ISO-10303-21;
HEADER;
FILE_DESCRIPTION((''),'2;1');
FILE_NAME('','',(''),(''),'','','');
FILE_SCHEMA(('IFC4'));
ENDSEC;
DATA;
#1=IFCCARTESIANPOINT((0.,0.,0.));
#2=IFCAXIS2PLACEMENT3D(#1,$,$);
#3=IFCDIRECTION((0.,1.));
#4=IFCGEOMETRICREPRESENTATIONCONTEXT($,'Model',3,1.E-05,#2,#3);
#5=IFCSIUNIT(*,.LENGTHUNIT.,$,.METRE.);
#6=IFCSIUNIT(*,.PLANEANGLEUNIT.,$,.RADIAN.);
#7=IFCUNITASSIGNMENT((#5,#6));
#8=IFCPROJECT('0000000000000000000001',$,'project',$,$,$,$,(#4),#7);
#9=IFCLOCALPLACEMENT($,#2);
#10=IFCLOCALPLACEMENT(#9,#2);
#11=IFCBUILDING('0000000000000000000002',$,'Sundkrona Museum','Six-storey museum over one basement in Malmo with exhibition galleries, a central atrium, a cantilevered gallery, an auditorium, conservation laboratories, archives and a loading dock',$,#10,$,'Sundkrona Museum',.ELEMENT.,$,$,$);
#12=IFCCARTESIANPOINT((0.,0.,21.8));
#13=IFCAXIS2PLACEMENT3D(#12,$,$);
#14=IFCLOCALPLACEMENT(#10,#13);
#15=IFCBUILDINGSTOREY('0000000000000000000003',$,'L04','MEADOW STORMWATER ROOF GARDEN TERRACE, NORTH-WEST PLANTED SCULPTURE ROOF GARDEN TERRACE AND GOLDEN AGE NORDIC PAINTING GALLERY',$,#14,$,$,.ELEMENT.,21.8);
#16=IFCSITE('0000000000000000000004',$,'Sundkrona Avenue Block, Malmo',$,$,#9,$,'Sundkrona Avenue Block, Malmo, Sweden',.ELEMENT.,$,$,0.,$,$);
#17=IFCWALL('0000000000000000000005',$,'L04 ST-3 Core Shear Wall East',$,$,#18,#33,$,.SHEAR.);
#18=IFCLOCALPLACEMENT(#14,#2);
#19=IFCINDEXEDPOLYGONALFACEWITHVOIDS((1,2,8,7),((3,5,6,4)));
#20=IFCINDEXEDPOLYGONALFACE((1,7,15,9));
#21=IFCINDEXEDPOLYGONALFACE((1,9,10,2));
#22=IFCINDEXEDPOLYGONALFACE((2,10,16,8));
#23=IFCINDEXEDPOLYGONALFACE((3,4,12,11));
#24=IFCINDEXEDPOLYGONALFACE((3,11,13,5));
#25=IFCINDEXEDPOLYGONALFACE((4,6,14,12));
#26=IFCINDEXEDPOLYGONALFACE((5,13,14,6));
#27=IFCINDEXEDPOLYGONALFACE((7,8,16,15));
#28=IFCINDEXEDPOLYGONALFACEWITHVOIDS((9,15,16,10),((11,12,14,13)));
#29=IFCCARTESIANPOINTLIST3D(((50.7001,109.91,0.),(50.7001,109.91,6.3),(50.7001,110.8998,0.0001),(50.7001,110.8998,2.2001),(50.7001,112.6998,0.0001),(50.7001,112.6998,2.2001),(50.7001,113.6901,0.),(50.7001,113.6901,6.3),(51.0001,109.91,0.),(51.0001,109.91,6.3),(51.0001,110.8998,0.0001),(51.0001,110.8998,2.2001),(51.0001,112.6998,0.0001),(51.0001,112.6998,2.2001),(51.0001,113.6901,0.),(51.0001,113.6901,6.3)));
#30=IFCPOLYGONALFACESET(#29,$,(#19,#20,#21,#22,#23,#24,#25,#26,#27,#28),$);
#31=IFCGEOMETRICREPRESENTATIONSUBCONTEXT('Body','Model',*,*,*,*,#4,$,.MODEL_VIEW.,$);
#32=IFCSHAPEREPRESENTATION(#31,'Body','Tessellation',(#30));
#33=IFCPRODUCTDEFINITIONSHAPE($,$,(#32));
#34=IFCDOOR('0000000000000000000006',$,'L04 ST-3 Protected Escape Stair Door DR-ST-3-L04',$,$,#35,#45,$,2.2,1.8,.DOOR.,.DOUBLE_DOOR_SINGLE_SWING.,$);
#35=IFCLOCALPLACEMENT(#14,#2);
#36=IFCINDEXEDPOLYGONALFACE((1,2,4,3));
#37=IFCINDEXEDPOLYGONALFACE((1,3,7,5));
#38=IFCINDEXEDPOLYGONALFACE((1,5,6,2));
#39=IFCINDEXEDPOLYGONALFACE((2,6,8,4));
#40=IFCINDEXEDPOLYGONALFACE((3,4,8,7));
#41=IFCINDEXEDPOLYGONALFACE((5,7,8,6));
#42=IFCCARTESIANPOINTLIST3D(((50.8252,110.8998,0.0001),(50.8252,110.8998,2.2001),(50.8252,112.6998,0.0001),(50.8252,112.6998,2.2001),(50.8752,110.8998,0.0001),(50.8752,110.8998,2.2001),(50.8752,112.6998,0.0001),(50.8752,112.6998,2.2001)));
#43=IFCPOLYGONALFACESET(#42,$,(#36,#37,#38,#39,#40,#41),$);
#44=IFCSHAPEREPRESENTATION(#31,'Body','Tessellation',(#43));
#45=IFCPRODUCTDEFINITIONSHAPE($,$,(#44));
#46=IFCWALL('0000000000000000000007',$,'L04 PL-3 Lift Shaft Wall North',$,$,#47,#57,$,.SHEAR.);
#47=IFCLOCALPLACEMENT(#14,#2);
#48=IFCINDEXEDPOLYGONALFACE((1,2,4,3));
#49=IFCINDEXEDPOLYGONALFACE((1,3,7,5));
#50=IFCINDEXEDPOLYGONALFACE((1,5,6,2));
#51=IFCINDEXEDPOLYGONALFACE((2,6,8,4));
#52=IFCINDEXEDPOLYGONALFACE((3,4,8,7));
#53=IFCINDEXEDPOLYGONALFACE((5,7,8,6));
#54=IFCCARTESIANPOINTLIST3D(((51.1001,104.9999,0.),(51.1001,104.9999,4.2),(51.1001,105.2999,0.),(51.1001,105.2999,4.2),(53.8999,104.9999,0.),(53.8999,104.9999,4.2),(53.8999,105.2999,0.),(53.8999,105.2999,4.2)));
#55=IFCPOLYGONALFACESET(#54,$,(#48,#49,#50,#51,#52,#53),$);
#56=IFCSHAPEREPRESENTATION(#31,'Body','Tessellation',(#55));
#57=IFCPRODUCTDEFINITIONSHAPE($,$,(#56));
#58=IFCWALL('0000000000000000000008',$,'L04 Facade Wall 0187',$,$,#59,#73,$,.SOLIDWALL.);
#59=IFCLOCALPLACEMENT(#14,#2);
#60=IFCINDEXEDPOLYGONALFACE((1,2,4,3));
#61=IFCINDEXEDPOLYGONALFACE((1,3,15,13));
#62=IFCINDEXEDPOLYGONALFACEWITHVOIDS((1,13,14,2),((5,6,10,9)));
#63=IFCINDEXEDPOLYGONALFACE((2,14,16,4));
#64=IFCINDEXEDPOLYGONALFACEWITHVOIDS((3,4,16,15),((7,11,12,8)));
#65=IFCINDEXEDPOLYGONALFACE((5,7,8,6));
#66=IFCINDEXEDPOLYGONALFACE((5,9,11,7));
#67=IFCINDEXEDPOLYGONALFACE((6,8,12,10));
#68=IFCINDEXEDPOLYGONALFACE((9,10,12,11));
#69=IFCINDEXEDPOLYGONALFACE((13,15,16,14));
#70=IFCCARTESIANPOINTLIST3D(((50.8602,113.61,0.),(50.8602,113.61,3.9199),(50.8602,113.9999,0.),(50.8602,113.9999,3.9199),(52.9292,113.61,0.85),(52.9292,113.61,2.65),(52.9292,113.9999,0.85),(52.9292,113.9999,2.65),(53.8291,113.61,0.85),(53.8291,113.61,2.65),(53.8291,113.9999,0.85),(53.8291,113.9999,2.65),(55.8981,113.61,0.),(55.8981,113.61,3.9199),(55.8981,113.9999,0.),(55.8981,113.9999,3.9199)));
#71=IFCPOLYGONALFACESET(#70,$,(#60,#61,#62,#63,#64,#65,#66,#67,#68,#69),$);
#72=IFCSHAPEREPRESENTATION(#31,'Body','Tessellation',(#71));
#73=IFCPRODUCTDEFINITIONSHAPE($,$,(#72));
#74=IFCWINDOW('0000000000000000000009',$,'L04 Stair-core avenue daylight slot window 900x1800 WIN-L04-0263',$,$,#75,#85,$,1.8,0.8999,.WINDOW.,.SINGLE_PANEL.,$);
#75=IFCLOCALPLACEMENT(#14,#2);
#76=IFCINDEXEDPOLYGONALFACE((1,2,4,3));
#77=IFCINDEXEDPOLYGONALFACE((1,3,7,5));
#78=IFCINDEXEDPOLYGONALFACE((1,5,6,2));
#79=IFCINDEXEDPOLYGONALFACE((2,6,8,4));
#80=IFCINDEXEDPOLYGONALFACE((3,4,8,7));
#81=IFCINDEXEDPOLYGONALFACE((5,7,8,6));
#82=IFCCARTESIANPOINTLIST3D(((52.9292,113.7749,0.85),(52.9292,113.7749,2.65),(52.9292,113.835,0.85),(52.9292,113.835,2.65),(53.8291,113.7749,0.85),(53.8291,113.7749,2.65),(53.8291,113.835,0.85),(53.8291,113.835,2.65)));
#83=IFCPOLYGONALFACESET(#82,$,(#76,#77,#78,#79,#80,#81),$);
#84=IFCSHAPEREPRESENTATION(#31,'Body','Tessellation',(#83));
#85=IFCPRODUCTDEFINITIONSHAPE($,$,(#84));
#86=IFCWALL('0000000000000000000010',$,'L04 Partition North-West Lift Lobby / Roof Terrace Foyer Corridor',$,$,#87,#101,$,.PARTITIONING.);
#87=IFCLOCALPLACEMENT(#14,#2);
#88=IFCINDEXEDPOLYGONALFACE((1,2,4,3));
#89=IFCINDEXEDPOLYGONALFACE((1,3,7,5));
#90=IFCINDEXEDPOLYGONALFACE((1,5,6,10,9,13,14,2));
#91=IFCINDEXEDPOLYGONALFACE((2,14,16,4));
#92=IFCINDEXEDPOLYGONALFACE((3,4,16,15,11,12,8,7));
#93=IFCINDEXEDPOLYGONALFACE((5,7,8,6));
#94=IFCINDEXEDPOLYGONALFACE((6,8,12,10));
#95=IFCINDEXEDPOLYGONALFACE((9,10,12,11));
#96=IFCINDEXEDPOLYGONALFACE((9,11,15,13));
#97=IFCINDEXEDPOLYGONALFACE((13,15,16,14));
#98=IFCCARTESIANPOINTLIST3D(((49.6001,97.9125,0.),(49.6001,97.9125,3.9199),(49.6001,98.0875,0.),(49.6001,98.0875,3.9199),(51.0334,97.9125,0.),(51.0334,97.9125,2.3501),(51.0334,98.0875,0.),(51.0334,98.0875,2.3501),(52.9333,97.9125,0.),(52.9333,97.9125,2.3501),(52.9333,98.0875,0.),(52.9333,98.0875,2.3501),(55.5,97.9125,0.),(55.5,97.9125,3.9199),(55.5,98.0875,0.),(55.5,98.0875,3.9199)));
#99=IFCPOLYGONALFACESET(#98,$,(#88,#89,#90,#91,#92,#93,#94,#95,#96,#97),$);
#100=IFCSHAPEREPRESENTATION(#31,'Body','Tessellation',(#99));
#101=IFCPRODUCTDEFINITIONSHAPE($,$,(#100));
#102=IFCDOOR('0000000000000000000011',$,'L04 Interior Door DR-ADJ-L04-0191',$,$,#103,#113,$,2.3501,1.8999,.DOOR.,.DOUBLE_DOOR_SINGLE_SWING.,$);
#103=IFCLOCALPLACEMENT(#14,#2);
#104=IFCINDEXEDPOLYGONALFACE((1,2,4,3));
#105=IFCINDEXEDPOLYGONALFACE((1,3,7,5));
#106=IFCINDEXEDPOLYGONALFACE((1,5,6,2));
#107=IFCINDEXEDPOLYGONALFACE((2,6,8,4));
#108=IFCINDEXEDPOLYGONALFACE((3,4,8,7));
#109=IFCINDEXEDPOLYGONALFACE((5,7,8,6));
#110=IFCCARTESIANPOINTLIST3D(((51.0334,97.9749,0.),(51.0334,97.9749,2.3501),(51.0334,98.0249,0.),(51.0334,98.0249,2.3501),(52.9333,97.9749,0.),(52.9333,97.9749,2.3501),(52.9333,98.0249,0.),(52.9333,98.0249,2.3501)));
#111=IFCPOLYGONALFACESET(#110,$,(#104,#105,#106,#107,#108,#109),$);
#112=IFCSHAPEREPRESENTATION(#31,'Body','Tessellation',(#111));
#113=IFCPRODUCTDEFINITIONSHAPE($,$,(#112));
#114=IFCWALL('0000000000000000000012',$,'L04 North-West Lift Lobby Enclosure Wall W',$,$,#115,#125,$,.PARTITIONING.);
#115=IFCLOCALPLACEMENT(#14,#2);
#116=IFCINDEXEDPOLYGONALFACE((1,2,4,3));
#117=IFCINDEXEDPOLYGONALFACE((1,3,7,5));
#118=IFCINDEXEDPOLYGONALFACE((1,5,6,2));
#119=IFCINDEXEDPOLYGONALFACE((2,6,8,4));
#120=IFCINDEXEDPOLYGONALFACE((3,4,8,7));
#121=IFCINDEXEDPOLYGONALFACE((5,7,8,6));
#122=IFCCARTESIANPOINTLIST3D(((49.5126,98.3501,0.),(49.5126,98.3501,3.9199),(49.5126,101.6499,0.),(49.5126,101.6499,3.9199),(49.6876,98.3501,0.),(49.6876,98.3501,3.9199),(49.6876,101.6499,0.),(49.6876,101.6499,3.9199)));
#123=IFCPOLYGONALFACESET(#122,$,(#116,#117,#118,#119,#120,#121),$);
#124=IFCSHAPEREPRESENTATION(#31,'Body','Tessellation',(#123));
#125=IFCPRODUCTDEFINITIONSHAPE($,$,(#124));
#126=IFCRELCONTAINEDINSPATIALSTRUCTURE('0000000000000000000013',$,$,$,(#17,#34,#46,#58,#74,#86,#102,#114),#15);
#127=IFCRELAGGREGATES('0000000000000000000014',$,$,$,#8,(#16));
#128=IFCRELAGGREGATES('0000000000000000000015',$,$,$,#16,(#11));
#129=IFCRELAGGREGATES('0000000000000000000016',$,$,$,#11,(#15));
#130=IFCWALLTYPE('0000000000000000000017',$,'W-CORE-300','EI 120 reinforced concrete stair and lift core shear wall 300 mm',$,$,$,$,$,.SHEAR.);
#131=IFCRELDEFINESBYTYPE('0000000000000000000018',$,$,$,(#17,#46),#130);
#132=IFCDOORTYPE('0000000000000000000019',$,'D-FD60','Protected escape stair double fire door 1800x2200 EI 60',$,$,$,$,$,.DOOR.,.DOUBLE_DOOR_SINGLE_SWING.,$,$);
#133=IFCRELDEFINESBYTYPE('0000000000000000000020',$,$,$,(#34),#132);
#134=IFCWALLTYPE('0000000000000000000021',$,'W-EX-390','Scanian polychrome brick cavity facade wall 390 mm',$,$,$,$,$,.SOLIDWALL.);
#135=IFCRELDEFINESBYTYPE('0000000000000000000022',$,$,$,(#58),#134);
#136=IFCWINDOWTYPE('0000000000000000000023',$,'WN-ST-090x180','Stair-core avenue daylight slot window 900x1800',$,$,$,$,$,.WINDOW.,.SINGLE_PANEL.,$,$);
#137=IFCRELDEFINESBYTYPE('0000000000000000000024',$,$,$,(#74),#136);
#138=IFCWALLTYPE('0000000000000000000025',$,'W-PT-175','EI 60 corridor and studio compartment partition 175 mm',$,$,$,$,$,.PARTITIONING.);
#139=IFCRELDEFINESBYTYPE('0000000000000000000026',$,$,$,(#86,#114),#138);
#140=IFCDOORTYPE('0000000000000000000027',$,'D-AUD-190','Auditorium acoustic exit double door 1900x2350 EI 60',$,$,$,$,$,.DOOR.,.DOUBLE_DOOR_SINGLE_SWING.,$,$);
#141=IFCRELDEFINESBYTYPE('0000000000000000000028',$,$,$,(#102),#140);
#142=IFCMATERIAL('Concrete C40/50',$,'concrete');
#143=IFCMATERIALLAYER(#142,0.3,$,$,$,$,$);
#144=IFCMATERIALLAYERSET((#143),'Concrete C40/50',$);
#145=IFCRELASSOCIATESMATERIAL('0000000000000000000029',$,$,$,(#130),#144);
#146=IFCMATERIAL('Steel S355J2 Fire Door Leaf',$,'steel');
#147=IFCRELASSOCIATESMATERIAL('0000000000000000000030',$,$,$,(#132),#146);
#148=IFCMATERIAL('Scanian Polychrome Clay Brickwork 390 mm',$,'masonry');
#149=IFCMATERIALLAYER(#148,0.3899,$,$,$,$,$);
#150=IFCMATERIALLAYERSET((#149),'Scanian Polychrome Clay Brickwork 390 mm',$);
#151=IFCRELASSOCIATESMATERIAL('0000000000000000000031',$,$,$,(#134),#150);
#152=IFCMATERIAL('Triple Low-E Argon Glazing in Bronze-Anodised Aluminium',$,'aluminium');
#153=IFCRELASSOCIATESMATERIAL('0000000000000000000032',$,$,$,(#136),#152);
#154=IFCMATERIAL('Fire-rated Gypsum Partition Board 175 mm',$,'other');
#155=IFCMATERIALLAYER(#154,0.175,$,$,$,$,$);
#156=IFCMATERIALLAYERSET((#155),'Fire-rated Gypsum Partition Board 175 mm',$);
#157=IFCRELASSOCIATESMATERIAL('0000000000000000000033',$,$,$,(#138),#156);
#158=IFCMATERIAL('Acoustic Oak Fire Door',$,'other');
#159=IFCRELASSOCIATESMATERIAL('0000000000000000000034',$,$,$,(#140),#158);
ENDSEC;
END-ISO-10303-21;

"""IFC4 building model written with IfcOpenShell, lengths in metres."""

from ifc_helpers import new_model, si_unit, direction, frame, frame_2d, origin, place, context, subcontext, project, spatial, rectangle, extrude, material, layer, layer_set, type_object, element, fill, save


model = new_model("IFC4")

# Units and contexts
model_context = context("Model", 3, precision=1e-05, world=origin(), true_north=direction((0.0, 1.0)))
body_context = subcontext(model_context, "Body", "Model", "MODEL_VIEW")
ifc_project = project(units=[si_unit("LENGTHUNIT", "METRE"), si_unit("PLANEANGLEUNIT", "RADIAN")], contexts=[model_context])

# Site, building, storey
site_placement = place(None, origin())
site = spatial("IfcSite", under=ifc_project, at=site_placement, Name="Sundkrona Avenue Block, Malmo", LongName="Sundkrona Avenue Block, Malmo, Sweden", CompositionType="ELEMENT", RefElevation=0.0)
building_placement = place(site_placement, origin())
building = spatial("IfcBuilding", under=site, at=building_placement, Name="Sundkrona Museum", Description="Six-storey museum over one basement in Malmo with exhibition galleries, a central atrium, a cantilevered gallery, an auditorium, conservation laboratories, archives and a loading dock", LongName="Sundkrona Museum", CompositionType="ELEMENT")
storey_placement = place(building_placement, frame((0.0, 0.0, 21.8)))
storey = spatial("IfcBuildingStorey", under=building, at=storey_placement, Name="L04", Description="MEADOW STORMWATER ROOF GARDEN TERRACE, NORTH-WEST PLANTED SCULPTURE ROOF GARDEN TERRACE AND GOLDEN AGE NORDIC PAINTING GALLERY", CompositionType="ELEMENT", Elevation=21.8)

# Wall, opening, door
ifc_material_1 = material(Name="Concrete C40/50", Category="concrete")
ifc_layer_1 = layer(ifc_material_1, 0.3)
ifc_layer_set_1 = layer_set([ifc_layer_1], Name="Concrete C40/50")
wall_type_1 = type_object("IfcWallType", Name="W-CORE-300", Description="EI 120 reinforced concrete stair and lift core shear wall 300 mm", PredefinedType="SHEAR", material=ifc_layer_set_1)
wall_1_placement = place(storey_placement, frame((50.8501, 109.9099, 0.0), z_axis=(0.0, 0.0, 1.0), x_axis=(0.0, 1.0, 0.0)))
wall_1 = element("IfcWall", 1, at=wall_1_placement, inside=storey, type_object=wall_type_1, Name="L04 ST-3 Core Shear Wall East", PredefinedType="SHEAR", context=body_context, shape_type="SweptSolid", body=[
    extrude(rectangle(XDim=3.78, YDim=0.3, at=frame_2d((1.8901, 0.0))), origin(), (0.0, 0.0, 1.0), 6.3),
])
opening_1_placement = place(wall_1_placement, frame((0.99, 0.0, 0.0)))
opening_1 = element("IfcOpeningElement", 2, at=opening_1_placement, cuts=wall_1, PredefinedType="OPENING", context=body_context, shape_type="SweptSolid", body=[
    extrude(rectangle(XDim=1.8, YDim=2.2, at=frame_2d((0.8999, 1.1001))), frame((0.0, 0.1599, 0.0), z_axis=(0.0, -1.0, 0.0), x_axis=(1.0, 0.0, 0.0)), (0.0, 0.0, 1.0), 0.3201),
])
ifc_material_2 = material(Name="Steel S355J2 Fire Door Leaf", Category="steel")
door_type_1 = type_object("IfcDoorType", Name="D-FD60", Description="Protected escape stair double fire door 1800x2200 EI 60", OperationType="DOUBLE_DOOR_SINGLE_SWING", PredefinedType="DOOR", material=ifc_material_2)
door_1_placement = place(opening_1_placement, origin())
door_1 = element("IfcDoor", 3, at=door_1_placement, inside=storey, type_object=door_type_1, Name="L04 ST-3 Protected Escape Stair Door DR-ST-3-L04", OperationType="DOUBLE_DOOR_SINGLE_SWING", OverallHeight=2.2, OverallWidth=1.8, PredefinedType="DOOR", context=body_context, shape_type="SweptSolid", body=[
    extrude(rectangle(XDim=1.8, YDim=2.2, at=frame_2d((0.8999, 1.1001))), frame((0.0, 0.0249, 0.0), z_axis=(0.0, -1.0, 0.0), x_axis=(1.0, 0.0, 0.0)), (0.0, 0.0, 1.0), 0.05),
])
fill(opening_1, door_1)

# Wall
wall_2_placement = place(storey_placement, frame((51.1001, 105.1499, 0.0), z_axis=(0.0, 0.0, 1.0), x_axis=(1.0, 0.0, 0.0)))
element("IfcWall", 4, at=wall_2_placement, inside=storey, type_object=wall_type_1, Name="L04 PL-3 Lift Shaft Wall North", PredefinedType="SHEAR", context=body_context, shape_type="SweptSolid", body=[
    extrude(rectangle(XDim=2.7998, YDim=0.3, at=frame_2d((1.3999, 0.0))), origin(), (0.0, 0.0, 1.0), 4.2),
])

# Wall, opening, window
ifc_material_3 = material(Name="Scanian Polychrome Clay Brickwork 390 mm", Category="masonry")
ifc_layer_2 = layer(ifc_material_3, 0.3899)
ifc_layer_set_2 = layer_set([ifc_layer_2], Name="Scanian Polychrome Clay Brickwork 390 mm")
wall_type_2 = type_object("IfcWallType", Name="W-EX-390", Description="Scanian polychrome brick cavity facade wall 390 mm", PredefinedType="SOLIDWALL", material=ifc_layer_set_2)
wall_3_placement = place(storey_placement, frame((50.8601, 113.8049, 0.0), z_axis=(0.0, 0.0, 1.0), x_axis=(1.0, 0.0, 0.0)))
wall_3 = element("IfcWall", 5, at=wall_3_placement, inside=storey, type_object=wall_type_2, Name="L04 Facade Wall 0187", PredefinedType="SOLIDWALL", context=body_context, shape_type="SweptSolid", body=[
    extrude(rectangle(XDim=5.0378, YDim=0.3899, at=frame_2d((2.519, 0.0))), origin(), (0.0, 0.0, 1.0), 3.9199),
])
opening_2_placement = place(wall_3_placement, frame((2.0691, 0.0, 0.8501)))
opening_2 = element("IfcOpeningElement", 6, at=opening_2_placement, cuts=wall_3, PredefinedType="OPENING", context=body_context, shape_type="SweptSolid", body=[
    extrude(rectangle(XDim=0.8999, YDim=1.8, at=frame_2d((0.45, 0.8999))), frame((0.0, 0.2048, 0.0), z_axis=(0.0, -1.0, 0.0), x_axis=(1.0, 0.0, 0.0)), (0.0, 0.0, 1.0), 0.4099),
])
ifc_material_4 = material(Name="Triple Low-E Argon Glazing in Bronze-Anodised Aluminium", Category="aluminium")
window_type = type_object("IfcWindowType", Name="WN-ST-090x180", Description="Stair-core avenue daylight slot window 900x1800", PartitioningType="SINGLE_PANEL", PredefinedType="WINDOW", material=ifc_material_4)
window_placement = place(opening_2_placement, origin())
window = element("IfcWindow", 7, at=window_placement, inside=storey, type_object=window_type, Name="L04 Stair-core avenue daylight slot window 900x1800 WIN-L04-0263", OverallHeight=1.8, OverallWidth=0.8999, PartitioningType="SINGLE_PANEL", PredefinedType="WINDOW", context=body_context, shape_type="SweptSolid", body=[
    extrude(rectangle(XDim=0.8999, YDim=1.8, at=frame_2d((0.45, 0.8999))), frame((0.0, 0.03, 0.0), z_axis=(0.0, -1.0, 0.0), x_axis=(1.0, 0.0, 0.0)), (0.0, 0.0, 1.0), 0.0601),
])
fill(opening_2, window)

# Wall, opening, door
ifc_material_5 = material(Name="Fire-rated Gypsum Partition Board 175 mm", Category="other")
ifc_layer_3 = layer(ifc_material_5, 0.175)
ifc_layer_set_3 = layer_set([ifc_layer_3], Name="Fire-rated Gypsum Partition Board 175 mm")
wall_type_3 = type_object("IfcWallType", Name="W-PT-175", Description="EI 60 corridor and studio compartment partition 175 mm", PredefinedType="PARTITIONING", material=ifc_layer_set_3)
wall_4_placement = place(storey_placement, frame((49.6001, 98.0, 0.0), z_axis=(0.0, 0.0, 1.0), x_axis=(1.0, 0.0, 0.0)))
wall_4 = element("IfcWall", 8, at=wall_4_placement, inside=storey, type_object=wall_type_3, Name="L04 Partition North-West Lift Lobby / Roof Terrace Foyer Corridor", PredefinedType="PARTITIONING", context=body_context, shape_type="SweptSolid", body=[
    extrude(rectangle(XDim=5.8999, YDim=0.175, at=frame_2d((2.95, 0.0))), origin(), (0.0, 0.0, 1.0), 3.9199),
])
opening_3_placement = place(wall_4_placement, frame((1.4333, 0.0, 0.0)))
opening_3 = element("IfcOpeningElement", 9, at=opening_3_placement, cuts=wall_4, PredefinedType="OPENING", context=body_context, shape_type="SweptSolid", body=[
    extrude(rectangle(XDim=1.8999, YDim=2.3501, at=frame_2d((0.95, 1.175))), frame((0.0, 0.0974, 0.0), z_axis=(0.0, -1.0, 0.0), x_axis=(1.0, 0.0, 0.0)), (0.0, 0.0, 1.0), 0.1951),
])
ifc_material_6 = material(Name="Acoustic Oak Fire Door", Category="other")
door_type_2 = type_object("IfcDoorType", Name="D-AUD-190", Description="Auditorium acoustic exit double door 1900x2350 EI 60", OperationType="DOUBLE_DOOR_SINGLE_SWING", PredefinedType="DOOR", material=ifc_material_6)
door_2_placement = place(opening_3_placement, origin())
door_2 = element("IfcDoor", 10, at=door_2_placement, inside=storey, type_object=door_type_2, Name="L04 Interior Door DR-ADJ-L04-0191", OperationType="DOUBLE_DOOR_SINGLE_SWING", OverallHeight=2.3501, OverallWidth=1.8999, PredefinedType="DOOR", context=body_context, shape_type="SweptSolid", body=[
    extrude(rectangle(XDim=1.8999, YDim=2.3501, at=frame_2d((0.95, 1.175))), frame((0.0, 0.0249, 0.0), z_axis=(0.0, -1.0, 0.0), x_axis=(1.0, 0.0, 0.0)), (0.0, 0.0, 1.0), 0.05),
])
fill(opening_3, door_2)

# Wall
wall_5_placement = place(storey_placement, frame((49.6001, 98.3501, 0.0), z_axis=(0.0, 0.0, 1.0), x_axis=(0.0, 1.0, 0.0)))
element("IfcWall", 11, at=wall_5_placement, inside=storey, type_object=wall_type_3, Name="L04 North-West Lift Lobby Enclosure Wall W", PredefinedType="PARTITIONING", context=body_context, shape_type="SweptSolid", body=[
    extrude(rectangle(XDim=3.2998, YDim=0.175, at=frame_2d((1.6499, 0.0))), origin(), (0.0, 0.0, 1.0), 3.9199),
])

save(model, "model.ifc")
